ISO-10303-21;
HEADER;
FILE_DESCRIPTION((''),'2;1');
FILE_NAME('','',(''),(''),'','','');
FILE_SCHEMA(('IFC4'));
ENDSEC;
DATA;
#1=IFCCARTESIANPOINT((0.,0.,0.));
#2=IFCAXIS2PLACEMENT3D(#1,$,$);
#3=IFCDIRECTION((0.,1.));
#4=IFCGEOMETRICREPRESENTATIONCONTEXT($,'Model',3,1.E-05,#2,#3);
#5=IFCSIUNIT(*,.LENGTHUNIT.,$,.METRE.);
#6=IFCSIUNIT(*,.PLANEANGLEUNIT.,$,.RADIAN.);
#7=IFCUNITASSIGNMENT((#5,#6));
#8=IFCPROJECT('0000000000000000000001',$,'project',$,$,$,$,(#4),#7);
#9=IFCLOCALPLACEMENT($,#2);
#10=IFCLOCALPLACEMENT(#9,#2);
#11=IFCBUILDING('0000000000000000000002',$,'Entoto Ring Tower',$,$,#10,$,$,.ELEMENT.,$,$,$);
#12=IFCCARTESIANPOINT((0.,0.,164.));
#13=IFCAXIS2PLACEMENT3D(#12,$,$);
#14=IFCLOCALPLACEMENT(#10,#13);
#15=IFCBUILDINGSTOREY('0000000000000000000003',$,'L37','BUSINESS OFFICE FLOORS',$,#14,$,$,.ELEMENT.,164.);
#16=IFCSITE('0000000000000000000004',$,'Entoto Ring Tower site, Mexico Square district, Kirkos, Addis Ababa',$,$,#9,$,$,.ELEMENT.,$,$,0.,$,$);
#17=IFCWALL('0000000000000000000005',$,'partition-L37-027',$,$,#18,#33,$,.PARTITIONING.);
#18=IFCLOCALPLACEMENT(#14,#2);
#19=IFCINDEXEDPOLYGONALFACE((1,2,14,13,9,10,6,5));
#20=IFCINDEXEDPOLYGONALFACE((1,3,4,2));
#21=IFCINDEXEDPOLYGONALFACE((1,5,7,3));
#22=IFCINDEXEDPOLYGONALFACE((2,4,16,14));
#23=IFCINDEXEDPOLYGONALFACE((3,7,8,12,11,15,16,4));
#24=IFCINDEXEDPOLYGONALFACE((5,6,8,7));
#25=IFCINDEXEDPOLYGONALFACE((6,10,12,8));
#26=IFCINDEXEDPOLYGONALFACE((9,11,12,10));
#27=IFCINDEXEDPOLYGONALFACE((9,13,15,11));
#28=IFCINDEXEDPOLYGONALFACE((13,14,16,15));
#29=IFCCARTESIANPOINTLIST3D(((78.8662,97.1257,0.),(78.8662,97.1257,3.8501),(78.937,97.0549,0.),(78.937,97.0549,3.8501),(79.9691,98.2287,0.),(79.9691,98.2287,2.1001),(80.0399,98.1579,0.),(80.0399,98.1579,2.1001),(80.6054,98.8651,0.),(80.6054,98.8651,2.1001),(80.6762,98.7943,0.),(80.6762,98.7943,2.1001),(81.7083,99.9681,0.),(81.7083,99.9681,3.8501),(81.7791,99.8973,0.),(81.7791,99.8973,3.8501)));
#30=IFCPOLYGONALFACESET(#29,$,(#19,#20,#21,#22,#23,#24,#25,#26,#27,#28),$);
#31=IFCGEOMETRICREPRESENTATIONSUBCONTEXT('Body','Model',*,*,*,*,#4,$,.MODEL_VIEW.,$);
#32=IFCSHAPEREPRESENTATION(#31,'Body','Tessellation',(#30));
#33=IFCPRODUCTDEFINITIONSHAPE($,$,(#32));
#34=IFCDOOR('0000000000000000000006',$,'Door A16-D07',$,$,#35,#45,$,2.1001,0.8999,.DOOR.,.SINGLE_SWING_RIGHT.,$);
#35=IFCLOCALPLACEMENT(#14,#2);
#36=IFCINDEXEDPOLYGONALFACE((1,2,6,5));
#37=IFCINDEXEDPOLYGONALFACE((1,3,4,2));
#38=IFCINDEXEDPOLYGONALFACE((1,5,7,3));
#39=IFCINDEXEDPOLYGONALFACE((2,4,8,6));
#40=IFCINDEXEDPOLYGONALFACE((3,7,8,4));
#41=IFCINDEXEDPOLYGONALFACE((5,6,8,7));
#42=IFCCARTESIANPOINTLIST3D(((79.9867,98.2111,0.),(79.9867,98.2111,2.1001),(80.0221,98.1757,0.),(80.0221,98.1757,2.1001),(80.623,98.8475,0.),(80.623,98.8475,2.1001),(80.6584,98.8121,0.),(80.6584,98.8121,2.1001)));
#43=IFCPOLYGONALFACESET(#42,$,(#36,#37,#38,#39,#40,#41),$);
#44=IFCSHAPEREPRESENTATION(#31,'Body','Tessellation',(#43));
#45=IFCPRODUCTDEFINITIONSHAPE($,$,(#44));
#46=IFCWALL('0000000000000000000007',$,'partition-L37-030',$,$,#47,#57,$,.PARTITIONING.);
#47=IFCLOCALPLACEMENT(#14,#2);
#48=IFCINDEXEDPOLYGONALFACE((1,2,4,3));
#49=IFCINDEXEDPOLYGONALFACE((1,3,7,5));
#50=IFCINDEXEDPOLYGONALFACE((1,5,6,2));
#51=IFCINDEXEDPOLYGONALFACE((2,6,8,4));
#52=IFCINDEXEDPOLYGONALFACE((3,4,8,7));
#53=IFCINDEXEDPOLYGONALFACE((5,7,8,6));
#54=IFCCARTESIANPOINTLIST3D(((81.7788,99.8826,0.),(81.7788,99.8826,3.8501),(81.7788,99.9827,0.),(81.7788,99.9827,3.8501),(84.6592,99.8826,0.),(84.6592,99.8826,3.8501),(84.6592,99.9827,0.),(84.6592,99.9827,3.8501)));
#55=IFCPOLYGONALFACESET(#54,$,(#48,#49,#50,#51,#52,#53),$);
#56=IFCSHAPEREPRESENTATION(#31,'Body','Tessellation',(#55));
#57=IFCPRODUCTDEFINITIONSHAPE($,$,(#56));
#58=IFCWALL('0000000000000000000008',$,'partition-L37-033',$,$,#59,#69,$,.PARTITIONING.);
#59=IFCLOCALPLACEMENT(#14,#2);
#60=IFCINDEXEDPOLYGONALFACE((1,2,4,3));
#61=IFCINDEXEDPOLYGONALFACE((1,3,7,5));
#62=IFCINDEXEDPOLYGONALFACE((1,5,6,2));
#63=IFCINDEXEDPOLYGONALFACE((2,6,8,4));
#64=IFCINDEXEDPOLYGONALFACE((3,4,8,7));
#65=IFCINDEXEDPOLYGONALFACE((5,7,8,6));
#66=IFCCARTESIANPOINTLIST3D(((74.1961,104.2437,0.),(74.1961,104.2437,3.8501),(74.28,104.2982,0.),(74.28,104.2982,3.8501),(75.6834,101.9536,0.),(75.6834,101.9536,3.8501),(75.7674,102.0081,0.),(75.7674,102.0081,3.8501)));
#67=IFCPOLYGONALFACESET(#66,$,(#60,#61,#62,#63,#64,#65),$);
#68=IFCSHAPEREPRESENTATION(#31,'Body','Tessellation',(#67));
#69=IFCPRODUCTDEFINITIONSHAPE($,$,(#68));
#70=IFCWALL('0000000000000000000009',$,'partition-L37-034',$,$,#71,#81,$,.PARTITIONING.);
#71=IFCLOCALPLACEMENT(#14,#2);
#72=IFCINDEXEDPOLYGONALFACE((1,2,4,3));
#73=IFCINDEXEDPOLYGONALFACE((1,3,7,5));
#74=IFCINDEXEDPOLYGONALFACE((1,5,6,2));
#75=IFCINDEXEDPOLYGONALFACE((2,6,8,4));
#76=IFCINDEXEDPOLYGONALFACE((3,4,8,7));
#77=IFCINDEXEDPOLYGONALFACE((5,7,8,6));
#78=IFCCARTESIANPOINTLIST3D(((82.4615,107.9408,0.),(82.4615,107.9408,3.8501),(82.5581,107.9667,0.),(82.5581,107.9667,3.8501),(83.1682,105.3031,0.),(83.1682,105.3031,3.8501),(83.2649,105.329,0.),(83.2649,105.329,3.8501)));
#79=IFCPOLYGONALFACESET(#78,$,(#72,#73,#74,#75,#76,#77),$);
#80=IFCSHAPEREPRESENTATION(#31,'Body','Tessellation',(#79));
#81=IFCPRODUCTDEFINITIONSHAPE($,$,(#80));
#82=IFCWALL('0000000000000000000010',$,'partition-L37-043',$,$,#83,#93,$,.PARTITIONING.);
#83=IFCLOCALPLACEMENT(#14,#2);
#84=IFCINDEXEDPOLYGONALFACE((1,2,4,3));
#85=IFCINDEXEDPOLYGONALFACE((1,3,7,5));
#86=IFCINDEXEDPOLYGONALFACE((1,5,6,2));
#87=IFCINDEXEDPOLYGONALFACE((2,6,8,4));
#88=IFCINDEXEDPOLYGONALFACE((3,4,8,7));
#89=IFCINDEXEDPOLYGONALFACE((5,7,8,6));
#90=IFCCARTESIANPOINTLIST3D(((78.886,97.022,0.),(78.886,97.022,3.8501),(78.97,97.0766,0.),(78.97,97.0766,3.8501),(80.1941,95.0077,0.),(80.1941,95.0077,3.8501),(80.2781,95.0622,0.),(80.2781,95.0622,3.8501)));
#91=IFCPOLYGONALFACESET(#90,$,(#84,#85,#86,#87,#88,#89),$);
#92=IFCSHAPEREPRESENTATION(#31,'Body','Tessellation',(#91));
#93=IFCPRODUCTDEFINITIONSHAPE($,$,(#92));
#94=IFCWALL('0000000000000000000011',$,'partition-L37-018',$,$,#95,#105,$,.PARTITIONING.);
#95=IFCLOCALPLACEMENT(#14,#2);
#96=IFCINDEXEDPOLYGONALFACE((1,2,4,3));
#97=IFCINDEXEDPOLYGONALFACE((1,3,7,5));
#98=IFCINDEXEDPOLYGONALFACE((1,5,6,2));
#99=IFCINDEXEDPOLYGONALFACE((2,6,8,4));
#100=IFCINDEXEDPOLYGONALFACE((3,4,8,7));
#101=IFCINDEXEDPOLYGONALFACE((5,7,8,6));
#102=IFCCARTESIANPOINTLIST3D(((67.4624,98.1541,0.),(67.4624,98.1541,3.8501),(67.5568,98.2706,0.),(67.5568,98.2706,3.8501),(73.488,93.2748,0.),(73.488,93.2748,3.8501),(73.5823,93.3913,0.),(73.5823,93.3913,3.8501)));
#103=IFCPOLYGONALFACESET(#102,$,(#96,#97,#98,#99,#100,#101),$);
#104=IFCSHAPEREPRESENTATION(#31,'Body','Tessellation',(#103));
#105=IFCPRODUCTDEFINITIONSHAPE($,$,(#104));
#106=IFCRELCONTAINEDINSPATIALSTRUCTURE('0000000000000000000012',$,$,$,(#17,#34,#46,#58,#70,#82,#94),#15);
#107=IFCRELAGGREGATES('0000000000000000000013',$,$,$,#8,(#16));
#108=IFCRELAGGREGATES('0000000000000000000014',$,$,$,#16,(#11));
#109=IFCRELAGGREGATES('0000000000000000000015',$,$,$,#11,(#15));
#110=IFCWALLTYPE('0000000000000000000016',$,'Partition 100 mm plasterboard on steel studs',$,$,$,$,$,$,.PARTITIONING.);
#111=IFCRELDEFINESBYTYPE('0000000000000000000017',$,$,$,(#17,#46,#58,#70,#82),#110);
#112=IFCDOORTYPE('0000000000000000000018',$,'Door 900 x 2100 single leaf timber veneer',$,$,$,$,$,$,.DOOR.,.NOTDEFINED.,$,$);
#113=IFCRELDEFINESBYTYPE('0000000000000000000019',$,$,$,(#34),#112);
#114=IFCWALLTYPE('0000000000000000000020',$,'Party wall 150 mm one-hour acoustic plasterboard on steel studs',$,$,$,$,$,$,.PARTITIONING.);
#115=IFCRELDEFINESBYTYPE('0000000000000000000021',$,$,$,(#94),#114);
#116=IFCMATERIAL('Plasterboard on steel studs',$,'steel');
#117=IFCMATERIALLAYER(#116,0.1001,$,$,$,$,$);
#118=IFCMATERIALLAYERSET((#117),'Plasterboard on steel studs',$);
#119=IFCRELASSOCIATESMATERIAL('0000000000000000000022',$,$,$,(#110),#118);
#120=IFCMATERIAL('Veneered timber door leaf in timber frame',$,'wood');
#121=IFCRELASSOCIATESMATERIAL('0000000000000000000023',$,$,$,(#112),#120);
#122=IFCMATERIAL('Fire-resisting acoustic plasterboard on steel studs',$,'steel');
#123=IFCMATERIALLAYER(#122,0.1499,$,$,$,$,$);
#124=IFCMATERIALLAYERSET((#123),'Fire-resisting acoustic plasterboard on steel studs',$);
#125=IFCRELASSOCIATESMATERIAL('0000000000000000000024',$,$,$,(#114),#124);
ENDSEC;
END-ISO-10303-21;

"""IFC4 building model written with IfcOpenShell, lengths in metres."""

from ifc_helpers import new_model, si_unit, direction, frame, frame_2d, origin, place, context, subcontext, project, spatial, rectangle, extrude, material, layer, layer_set, type_object, element, fill, save


model = new_model("IFC4")

# Units and contexts
model_context = context("Model", 3, precision=1e-05, world=origin(), true_north=direction((0.0, 1.0)))
body_context = subcontext(model_context, "Body", "Model", "MODEL_VIEW")
ifc_project = project(units=[si_unit("LENGTHUNIT", "METRE"), si_unit("PLANEANGLEUNIT", "RADIAN")], contexts=[model_context])

# Site, building, storey
site_placement = place(None, origin())
site = spatial("IfcSite", under=ifc_project, at=site_placement, Name="Entoto Ring Tower site, Mexico Square district, Kirkos, Addis Ababa", CompositionType="ELEMENT", RefElevation=0.0)
building_placement = place(site_placement, origin())
building = spatial("IfcBuilding", under=site, at=building_placement, Name="Entoto Ring Tower", CompositionType="ELEMENT")
storey_placement = place(building_placement, frame((0.0, 0.0, 164.0)))
storey = spatial("IfcBuildingStorey", under=building, at=storey_placement, Name="L37", Description="BUSINESS OFFICE FLOORS", CompositionType="ELEMENT", Elevation=164.0)

# Wall, opening, door
ifc_material_1 = material(Name="Plasterboard on steel studs", Category="steel")
ifc_layer_1 = layer(ifc_material_1, 0.1001)
ifc_layer_set_1 = layer_set([ifc_layer_1], Name="Plasterboard on steel studs")
wall_type_1 = type_object("IfcWallType", Name="Partition 100 mm plasterboard on steel studs", PredefinedType="PARTITIONING", material=ifc_layer_set_1)
ifc_material_2 = material(Name="Veneered timber door leaf in timber frame", Category="wood")
door_type_1 = type_object("IfcDoorType", Name="Door 900 x 2100 single leaf timber veneer", OperationType="NOTDEFINED", PredefinedType="DOOR", material=ifc_material_2)
wall_1_placement = place(storey_placement, frame((78.9016, 97.0903, 0.0), z_axis=(0.0, 0.0, 1.0), x_axis=(0.707076, 0.707137, 0.0)))
wall_1 = element("IfcWall", 1, at=wall_1_placement, inside=storey, type_object=wall_type_1, Name="partition-L37-027", PredefinedType="PARTITIONING", context=body_context, shape_type="SweptSolid", body=[
    extrude(rectangle(XDim=4.0195, YDim=0.1001, at=frame_2d((2.0098, 0.0))), origin(), (0.0, 0.0, 1.0), 3.8501),
])
opening_1_placement = place(wall_1_placement, frame((1.5598, 0.0, 0.0)))
opening_1 = element("IfcOpeningElement", 2, at=opening_1_placement, cuts=wall_1, PredefinedType="OPENING", context=body_context, shape_type="SweptSolid", body=[
    extrude(rectangle(XDim=0.8999, YDim=2.1001, at=frame_2d((0.45, 1.05))), frame((0.0, 0.0601, 0.0), z_axis=(0.0, -1.0, 0.0), x_axis=(1.0, 0.0, 0.0)), (0.0, 0.0, 1.0), 0.1201),
])
door_1_placement = place(opening_1_placement, frame((0.8999, 0.0, 0.0), z_axis=(0.0, 0.0, 1.0), x_axis=(-1.0, 0.0, 0.0)))
door_1 = element("IfcDoor", 3, at=door_1_placement, inside=storey, type_object=door_type_1, Name="Door A16-D07", OperationType="SINGLE_SWING_RIGHT", OverallHeight=2.1001, OverallWidth=0.8999, PredefinedType="DOOR", context=body_context, shape_type="SweptSolid", body=[
    extrude(rectangle(XDim=0.8999, YDim=2.1001, at=frame_2d((0.45, 1.05))), frame((0.0, 0.0249, 0.0), z_axis=(0.0, -1.0, 0.0), x_axis=(1.0, 0.0, 0.0)), (0.0, 0.0, 1.0), 0.05),
])
fill(opening_1, door_1)

# Walls
wall_2_placement = place(storey_placement, frame((81.7788, 99.9326, 0.0), z_axis=(0.0, 0.0, 1.0), x_axis=(1.0, 0.0, 0.0)))
element("IfcWall", 4, at=wall_2_placement, inside=storey, type_object=wall_type_1, Name="partition-L37-030", PredefinedType="PARTITIONING", context=body_context, shape_type="SweptSolid", body=[
    extrude(rectangle(XDim=2.8804, YDim=0.1001, at=frame_2d((1.4402, 0.0))), origin(), (0.0, 0.0, 1.0), 3.8501),
])
for number, where, z_axis, x_axis, name in (
    (5, (75.7253, 101.981, 0.0), (0.0, 0.0, 1.0), (-0.544674, 0.838648, 0.0), "partition-L37-033"),
    (6, (83.2166, 105.3162, 0.0), (0.0, 0.0, 1.0), (-0.258825, 0.965924, 0.0), "partition-L37-034"),
):
    element("IfcWall", number, at=place(storey_placement, frame(where, z_axis=z_axis, x_axis=x_axis)), inside=storey, type_object=wall_type_1, Name=name, PredefinedType="PARTITIONING", context=body_context, shape_type="SweptSolid", body=[
        extrude(rectangle(XDim=2.7307, YDim=0.1001, at=frame_2d((1.3652, 0.0))), origin(), (0.0, 0.0, 1.0), 3.8501),
    ])
wall_3_placement = place(storey_placement, frame((80.2361, 95.0349, 0.0), z_axis=(0.0, 0.0, 1.0), x_axis=(-0.54462, 0.838683, 0.0)))
element("IfcWall", 7, at=wall_3_placement, inside=storey, type_object=wall_type_1, Name="partition-L37-043", PredefinedType="PARTITIONING", context=body_context, shape_type="SweptSolid", body=[
    extrude(rectangle(XDim=2.4019, YDim=0.1001, at=frame_2d((1.2009, 0.0))), origin(), (0.0, 0.0, 1.0), 3.8501),
])
ifc_material_3 = material(Name="Fire-resisting acoustic plasterboard on steel studs", Category="steel")
ifc_layer_2 = layer(ifc_material_3, 0.1499)
ifc_layer_set_2 = layer_set([ifc_layer_2], Name="Fire-resisting acoustic plasterboard on steel studs")
wall_type_2 = type_object("IfcWallType", Name="Party wall 150 mm one-hour acoustic plasterboard on steel studs", PredefinedType="PARTITIONING", material=ifc_layer_set_2)
wall_4_placement = place(storey_placement, frame((73.5352, 93.333, 0.0), z_axis=(0.0, 0.0, 1.0), x_axis=(-0.77715, 0.629315, 0.0)))
element("IfcWall", 8, at=wall_4_placement, inside=storey, type_object=wall_type_2, Name="partition-L37-018", PredefinedType="PARTITIONING", context=body_context, shape_type="SweptSolid", body=[
    extrude(rectangle(XDim=7.7534, YDim=0.1499, at=frame_2d((3.8767, 0.0))), origin(), (0.0, 0.0, 1.0), 3.8501),
])

save(model, "model.ifc")
